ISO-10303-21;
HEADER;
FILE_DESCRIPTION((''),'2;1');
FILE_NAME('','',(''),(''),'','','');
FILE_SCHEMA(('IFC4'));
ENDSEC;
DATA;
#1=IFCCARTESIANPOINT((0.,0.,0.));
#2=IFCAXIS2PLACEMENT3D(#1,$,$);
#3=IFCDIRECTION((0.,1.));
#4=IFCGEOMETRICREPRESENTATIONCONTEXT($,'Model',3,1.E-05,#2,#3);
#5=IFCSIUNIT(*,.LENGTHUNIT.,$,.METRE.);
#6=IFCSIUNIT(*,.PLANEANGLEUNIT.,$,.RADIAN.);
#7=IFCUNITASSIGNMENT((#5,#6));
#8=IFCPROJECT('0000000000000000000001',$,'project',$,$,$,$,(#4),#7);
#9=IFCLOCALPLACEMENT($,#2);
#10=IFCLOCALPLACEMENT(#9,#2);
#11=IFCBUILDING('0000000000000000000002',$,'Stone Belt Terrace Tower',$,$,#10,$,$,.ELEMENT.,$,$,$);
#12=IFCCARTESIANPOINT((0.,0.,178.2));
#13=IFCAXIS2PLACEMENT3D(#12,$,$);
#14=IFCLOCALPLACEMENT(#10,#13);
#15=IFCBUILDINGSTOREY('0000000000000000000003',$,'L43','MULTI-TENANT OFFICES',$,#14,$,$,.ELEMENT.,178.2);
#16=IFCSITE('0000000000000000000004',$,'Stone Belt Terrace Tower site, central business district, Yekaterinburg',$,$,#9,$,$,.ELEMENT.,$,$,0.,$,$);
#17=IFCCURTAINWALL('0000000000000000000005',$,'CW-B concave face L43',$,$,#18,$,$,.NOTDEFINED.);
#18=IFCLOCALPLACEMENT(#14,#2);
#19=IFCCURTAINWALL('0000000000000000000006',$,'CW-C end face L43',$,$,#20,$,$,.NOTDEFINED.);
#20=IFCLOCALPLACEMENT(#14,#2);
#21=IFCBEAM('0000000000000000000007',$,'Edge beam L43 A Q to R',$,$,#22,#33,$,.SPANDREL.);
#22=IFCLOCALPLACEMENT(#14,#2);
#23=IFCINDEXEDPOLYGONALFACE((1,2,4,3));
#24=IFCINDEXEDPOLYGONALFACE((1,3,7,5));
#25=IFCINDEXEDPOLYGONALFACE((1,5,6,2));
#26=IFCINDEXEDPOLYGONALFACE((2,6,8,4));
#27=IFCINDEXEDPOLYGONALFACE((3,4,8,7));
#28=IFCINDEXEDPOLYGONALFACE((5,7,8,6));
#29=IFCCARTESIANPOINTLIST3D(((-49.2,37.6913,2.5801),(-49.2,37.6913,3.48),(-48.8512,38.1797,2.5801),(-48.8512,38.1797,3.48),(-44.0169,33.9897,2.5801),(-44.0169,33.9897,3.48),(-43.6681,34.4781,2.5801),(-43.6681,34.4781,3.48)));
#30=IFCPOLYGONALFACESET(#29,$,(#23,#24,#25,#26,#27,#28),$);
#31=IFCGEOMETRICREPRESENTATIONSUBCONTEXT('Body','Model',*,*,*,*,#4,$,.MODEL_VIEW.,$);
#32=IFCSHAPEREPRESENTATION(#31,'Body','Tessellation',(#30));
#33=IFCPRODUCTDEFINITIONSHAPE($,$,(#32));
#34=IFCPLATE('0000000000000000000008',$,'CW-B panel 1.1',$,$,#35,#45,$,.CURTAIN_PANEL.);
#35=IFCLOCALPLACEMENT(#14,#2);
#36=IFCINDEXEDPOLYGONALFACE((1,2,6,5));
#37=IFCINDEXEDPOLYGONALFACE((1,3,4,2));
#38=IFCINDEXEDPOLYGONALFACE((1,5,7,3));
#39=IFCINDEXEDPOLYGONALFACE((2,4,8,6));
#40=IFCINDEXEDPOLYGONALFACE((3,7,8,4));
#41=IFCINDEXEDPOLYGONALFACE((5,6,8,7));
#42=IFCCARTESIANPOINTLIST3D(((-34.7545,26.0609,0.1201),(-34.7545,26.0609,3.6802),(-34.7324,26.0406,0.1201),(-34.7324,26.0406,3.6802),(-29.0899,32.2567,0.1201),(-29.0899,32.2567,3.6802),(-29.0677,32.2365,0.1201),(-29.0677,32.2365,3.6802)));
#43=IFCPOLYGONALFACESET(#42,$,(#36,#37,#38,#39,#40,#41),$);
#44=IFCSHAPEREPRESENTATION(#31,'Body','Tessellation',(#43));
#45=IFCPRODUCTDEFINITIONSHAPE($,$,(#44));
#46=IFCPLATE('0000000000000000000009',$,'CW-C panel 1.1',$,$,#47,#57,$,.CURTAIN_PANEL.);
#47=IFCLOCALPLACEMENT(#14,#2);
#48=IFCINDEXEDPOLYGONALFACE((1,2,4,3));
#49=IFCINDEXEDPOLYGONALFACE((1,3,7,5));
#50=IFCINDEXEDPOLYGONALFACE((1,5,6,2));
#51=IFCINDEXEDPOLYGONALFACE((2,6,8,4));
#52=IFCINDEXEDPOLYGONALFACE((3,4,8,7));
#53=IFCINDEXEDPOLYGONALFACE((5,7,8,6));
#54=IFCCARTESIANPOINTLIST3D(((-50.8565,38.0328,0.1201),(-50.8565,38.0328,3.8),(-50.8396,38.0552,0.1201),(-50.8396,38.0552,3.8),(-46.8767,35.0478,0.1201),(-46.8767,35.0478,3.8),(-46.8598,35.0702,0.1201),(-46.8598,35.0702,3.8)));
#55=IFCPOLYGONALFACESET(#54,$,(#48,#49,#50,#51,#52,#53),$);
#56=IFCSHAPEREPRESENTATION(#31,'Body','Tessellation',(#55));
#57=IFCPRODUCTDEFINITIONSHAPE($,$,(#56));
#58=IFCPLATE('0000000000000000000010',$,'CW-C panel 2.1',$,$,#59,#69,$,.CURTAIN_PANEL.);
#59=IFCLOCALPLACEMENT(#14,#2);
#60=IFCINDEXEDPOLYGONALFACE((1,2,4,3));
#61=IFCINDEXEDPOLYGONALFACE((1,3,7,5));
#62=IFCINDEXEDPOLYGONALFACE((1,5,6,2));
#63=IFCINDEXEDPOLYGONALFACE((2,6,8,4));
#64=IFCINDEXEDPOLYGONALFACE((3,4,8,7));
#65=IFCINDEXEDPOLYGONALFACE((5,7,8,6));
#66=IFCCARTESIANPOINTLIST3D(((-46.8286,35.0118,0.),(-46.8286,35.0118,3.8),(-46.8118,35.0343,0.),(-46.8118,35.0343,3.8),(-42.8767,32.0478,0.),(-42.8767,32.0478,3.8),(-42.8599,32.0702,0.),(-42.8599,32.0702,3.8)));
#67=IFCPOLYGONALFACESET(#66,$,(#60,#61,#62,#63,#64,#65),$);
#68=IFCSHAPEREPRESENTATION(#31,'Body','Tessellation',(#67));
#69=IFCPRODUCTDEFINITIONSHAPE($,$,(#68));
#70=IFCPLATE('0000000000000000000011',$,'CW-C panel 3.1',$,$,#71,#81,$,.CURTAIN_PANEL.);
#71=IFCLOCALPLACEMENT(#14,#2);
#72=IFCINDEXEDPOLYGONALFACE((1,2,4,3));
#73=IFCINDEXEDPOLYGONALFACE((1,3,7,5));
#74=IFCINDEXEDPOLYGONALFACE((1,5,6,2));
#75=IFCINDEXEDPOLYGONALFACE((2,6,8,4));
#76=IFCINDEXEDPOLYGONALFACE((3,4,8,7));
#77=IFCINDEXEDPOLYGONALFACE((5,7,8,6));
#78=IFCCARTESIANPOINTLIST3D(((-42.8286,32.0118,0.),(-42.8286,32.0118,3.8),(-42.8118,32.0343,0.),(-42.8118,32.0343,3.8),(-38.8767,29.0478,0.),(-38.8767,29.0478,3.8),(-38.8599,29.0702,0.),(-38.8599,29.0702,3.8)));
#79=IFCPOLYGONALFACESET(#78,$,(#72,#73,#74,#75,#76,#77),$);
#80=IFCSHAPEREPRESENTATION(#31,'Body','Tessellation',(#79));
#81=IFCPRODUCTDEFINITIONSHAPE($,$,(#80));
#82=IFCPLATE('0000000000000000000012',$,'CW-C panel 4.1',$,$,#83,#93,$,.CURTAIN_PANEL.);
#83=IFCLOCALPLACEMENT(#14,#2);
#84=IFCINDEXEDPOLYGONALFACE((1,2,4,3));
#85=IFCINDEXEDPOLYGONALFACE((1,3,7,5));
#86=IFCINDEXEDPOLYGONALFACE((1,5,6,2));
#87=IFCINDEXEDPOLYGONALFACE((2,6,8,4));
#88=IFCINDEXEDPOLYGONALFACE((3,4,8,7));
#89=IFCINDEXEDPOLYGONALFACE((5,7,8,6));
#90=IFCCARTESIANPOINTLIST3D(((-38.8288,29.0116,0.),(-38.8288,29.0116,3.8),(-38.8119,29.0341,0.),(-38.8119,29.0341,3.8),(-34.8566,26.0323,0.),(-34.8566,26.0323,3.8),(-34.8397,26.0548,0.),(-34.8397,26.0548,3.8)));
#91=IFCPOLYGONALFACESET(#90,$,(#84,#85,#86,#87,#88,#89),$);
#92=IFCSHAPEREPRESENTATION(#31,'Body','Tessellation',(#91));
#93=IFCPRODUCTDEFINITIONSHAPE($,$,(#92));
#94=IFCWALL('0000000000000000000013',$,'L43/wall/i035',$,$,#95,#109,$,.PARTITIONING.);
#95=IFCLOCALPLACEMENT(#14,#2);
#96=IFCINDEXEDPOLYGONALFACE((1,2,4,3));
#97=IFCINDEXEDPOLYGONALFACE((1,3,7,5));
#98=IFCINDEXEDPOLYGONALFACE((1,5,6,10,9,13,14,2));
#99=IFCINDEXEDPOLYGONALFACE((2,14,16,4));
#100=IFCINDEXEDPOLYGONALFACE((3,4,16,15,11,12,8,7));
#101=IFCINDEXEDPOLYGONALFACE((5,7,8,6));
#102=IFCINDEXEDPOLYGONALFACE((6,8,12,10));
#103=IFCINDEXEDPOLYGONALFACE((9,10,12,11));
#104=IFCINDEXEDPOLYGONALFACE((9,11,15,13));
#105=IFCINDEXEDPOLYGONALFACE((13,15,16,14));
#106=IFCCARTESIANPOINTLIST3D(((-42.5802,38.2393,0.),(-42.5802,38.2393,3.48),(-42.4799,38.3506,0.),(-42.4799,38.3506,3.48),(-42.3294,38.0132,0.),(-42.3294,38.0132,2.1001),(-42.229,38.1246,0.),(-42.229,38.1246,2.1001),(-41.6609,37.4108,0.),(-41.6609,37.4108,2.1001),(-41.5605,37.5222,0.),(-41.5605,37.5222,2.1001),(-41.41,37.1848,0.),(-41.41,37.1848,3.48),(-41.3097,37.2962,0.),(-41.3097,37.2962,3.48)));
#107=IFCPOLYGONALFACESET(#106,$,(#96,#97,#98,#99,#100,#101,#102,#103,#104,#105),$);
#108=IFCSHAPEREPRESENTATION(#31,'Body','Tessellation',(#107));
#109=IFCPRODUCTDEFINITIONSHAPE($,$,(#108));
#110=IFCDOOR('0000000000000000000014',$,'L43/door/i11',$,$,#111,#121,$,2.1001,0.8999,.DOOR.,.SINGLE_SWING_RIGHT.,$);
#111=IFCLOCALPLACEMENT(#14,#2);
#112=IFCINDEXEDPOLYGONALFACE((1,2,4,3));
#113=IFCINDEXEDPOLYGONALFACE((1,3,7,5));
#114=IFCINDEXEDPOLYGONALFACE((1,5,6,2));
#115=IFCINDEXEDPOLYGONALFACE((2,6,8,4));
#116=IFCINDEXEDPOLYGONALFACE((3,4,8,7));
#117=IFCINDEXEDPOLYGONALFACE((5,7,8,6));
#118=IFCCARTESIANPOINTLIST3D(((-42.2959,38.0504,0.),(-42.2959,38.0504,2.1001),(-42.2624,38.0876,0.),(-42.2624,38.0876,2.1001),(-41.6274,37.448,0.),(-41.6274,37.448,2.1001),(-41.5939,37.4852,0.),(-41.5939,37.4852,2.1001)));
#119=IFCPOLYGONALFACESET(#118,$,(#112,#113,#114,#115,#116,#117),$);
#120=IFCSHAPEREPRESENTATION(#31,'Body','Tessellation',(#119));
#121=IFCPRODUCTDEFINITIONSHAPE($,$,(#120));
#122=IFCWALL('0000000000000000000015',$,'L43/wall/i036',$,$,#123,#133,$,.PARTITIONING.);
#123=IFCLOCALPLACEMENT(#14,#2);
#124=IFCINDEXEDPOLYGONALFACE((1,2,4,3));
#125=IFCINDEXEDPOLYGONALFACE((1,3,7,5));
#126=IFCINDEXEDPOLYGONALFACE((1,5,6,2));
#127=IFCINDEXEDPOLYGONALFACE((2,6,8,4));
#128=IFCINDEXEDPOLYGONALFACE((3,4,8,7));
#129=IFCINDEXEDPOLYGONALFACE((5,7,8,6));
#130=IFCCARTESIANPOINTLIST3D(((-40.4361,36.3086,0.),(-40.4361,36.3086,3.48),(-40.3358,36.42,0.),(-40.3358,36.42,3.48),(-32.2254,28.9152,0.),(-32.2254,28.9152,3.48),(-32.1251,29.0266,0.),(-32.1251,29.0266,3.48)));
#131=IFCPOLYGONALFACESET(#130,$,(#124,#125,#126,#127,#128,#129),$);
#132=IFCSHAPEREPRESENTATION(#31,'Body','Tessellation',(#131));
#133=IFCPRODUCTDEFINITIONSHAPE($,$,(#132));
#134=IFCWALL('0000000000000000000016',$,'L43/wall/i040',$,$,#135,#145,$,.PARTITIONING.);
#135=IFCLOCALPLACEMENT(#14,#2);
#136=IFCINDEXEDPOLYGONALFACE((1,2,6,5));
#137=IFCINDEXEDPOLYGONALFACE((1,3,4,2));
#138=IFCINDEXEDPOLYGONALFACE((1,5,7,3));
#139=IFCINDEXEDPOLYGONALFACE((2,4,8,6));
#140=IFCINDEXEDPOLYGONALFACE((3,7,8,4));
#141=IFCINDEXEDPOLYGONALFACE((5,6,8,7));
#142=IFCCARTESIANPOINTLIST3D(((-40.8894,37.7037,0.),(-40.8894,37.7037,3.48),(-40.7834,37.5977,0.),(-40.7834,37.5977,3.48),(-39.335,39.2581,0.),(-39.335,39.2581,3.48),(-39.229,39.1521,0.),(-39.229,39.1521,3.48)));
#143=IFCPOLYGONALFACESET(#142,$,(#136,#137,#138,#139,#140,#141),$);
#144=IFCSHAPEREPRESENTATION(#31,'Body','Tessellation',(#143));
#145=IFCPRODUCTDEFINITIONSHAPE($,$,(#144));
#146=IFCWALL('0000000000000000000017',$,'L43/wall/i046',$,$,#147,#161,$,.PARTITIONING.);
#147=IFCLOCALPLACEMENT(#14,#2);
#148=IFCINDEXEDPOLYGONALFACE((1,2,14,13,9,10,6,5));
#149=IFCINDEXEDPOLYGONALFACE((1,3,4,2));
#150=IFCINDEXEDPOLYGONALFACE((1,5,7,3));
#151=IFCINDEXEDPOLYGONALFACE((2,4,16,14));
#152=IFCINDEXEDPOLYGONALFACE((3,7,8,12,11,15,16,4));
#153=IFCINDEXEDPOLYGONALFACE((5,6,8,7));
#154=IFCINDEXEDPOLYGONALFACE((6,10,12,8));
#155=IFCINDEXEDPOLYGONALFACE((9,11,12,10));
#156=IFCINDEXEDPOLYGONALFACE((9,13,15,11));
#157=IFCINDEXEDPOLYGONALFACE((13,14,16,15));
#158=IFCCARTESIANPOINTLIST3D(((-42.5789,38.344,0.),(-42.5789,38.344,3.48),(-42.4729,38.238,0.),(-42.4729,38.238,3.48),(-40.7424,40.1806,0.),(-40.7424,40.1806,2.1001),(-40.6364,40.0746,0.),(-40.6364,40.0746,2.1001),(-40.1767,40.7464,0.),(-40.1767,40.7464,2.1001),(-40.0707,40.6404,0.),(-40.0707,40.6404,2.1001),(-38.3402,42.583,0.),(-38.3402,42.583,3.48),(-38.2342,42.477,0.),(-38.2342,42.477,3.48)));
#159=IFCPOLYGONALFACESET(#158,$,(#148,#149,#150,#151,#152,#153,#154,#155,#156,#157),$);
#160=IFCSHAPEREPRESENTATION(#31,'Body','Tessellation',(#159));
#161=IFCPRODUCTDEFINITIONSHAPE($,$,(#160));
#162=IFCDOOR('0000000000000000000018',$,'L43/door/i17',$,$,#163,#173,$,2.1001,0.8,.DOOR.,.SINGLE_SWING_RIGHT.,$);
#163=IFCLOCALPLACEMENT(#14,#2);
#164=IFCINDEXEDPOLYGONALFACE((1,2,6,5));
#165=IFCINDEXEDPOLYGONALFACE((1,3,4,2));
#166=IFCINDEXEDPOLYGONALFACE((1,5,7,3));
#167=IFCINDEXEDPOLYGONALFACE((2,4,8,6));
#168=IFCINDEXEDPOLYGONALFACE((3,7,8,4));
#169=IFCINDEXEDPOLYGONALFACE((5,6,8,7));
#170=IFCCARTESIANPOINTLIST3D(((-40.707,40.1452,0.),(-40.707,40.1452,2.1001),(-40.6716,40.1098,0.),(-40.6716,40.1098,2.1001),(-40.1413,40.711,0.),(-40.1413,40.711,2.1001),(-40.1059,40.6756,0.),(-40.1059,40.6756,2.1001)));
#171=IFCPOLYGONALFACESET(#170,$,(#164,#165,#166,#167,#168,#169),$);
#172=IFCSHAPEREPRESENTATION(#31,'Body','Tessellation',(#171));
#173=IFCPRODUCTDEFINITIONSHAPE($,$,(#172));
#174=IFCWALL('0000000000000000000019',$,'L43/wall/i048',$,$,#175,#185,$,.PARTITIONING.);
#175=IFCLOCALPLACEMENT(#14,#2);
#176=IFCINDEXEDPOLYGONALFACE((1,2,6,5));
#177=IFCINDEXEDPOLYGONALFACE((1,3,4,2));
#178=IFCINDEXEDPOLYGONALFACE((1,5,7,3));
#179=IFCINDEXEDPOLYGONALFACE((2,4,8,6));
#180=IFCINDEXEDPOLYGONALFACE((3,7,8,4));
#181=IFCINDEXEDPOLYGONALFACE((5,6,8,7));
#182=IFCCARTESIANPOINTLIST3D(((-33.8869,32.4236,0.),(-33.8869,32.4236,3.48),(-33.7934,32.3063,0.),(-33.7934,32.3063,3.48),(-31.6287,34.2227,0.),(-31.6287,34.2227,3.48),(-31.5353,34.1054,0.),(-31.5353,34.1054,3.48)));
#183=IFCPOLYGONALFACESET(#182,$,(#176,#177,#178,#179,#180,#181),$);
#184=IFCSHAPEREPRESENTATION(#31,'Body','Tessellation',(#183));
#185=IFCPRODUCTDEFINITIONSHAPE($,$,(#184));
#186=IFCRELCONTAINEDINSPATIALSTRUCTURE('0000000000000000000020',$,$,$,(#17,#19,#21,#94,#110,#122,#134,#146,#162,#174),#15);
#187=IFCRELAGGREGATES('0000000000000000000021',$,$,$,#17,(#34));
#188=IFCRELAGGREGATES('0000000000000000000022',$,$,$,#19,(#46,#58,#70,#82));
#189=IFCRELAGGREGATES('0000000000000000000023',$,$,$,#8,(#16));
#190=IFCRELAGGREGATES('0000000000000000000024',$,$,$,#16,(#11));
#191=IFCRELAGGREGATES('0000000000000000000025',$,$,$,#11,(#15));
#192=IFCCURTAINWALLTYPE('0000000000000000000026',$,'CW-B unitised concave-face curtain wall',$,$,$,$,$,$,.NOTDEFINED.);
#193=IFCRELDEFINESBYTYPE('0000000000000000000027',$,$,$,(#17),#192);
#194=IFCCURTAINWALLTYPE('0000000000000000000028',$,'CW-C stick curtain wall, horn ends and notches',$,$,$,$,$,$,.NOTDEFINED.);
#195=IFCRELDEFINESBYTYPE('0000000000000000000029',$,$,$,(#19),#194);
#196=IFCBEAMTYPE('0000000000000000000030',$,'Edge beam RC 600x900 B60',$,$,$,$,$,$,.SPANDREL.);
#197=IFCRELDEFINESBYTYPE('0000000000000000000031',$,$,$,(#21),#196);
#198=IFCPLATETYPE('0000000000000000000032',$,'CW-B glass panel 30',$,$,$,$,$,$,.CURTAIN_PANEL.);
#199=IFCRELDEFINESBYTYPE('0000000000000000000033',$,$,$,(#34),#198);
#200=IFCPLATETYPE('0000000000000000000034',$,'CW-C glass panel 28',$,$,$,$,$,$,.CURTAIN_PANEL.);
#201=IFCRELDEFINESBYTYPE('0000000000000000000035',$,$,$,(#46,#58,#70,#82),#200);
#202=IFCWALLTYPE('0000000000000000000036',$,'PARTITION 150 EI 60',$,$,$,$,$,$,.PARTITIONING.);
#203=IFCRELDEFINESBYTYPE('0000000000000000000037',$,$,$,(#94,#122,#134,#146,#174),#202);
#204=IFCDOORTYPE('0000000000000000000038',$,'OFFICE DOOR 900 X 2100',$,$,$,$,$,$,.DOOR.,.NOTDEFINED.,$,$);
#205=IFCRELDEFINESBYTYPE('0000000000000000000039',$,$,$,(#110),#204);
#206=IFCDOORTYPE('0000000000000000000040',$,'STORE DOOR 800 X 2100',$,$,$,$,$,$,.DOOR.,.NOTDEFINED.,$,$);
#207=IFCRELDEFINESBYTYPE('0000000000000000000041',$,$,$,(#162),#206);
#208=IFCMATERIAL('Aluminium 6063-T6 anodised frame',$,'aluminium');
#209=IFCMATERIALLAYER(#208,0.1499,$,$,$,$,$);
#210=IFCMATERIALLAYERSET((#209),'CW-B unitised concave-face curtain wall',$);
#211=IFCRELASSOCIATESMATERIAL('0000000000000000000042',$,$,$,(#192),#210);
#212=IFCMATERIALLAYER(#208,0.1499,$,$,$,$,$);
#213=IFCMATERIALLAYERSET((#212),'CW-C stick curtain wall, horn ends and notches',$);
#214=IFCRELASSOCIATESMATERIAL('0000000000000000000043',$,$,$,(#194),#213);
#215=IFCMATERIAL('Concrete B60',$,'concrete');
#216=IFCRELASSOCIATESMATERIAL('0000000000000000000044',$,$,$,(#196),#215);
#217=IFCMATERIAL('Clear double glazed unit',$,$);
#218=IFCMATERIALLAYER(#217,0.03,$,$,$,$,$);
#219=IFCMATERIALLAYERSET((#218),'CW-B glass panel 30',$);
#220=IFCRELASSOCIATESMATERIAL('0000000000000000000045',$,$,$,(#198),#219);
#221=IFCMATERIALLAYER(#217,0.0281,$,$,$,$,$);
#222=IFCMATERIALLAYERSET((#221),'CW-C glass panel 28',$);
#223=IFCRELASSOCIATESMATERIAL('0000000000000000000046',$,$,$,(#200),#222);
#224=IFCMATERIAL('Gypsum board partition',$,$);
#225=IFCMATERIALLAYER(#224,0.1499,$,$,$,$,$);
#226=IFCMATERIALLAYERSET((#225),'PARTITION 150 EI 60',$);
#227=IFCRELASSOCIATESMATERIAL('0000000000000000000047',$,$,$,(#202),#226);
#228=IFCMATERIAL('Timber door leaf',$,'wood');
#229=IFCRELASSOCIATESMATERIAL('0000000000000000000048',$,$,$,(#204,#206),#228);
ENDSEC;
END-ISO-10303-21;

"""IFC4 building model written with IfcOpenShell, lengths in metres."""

from ifc_helpers import new_model, si_unit, direction, frame, frame_2d, origin, origin_2d, place, context, subcontext, project, spatial, rectangle, extrude, material, layer, layer_set, material_profile, profile_set, type_object, element, fill, aggregate, save


model = new_model("IFC4")

# Units and contexts
model_context = context("Model", 3, precision=1e-05, world=origin(), true_north=direction((0.0, 1.0)))
body_context = subcontext(model_context, "Body", "Model", "MODEL_VIEW")
ifc_project = project(units=[si_unit("LENGTHUNIT", "METRE"), si_unit("PLANEANGLEUNIT", "RADIAN")], contexts=[model_context])

# Site, building, storey
site_placement = place(None, origin())
site = spatial("IfcSite", under=ifc_project, at=site_placement, Name="Stone Belt Terrace Tower site, central business district, Yekaterinburg", CompositionType="ELEMENT", RefElevation=0.0)
building_placement = place(site_placement, origin())
building = spatial("IfcBuilding", under=site, at=building_placement, Name="Stone Belt Terrace Tower", CompositionType="ELEMENT")
storey_placement = place(building_placement, frame((0.0, 0.0, 178.2)))
storey = spatial("IfcBuildingStorey", under=building, at=storey_placement, Name="L43", Description="MULTI-TENANT OFFICES", CompositionType="ELEMENT", Elevation=178.2)

# Curtain walls
ifc_material_1 = material(Name="Aluminium 6063-T6 anodised frame", Category="aluminium")
ifc_layer_1 = layer(ifc_material_1, 0.1499)
ifc_layer_set_1 = layer_set([ifc_layer_1], Name="CW-B unitised concave-face curtain wall")
curtain_wall_type_1 = type_object("IfcCurtainWallType", Name="CW-B unitised concave-face curtain wall", PredefinedType="NOTDEFINED", material=ifc_layer_set_1)
curtain_wall_1_placement = place(storey_placement, origin())
curtain_wall_1 = element("IfcCurtainWall", 1, at=curtain_wall_1_placement, inside=storey, type_object=curtain_wall_type_1, Name="CW-B concave face L43", PredefinedType="NOTDEFINED")
ifc_layer_2 = layer(ifc_material_1, 0.1499)
ifc_layer_set_2 = layer_set([ifc_layer_2], Name="CW-C stick curtain wall, horn ends and notches")
curtain_wall_type_2 = type_object("IfcCurtainWallType", Name="CW-C stick curtain wall, horn ends and notches", PredefinedType="NOTDEFINED", material=ifc_layer_set_2)
curtain_wall_2_placement = place(storey_placement, origin())
curtain_wall_2 = element("IfcCurtainWall", 2, at=curtain_wall_2_placement, inside=storey, type_object=curtain_wall_type_2, Name="CW-C end face L43", PredefinedType="NOTDEFINED")

# Beam
ifc_material_2 = material(Name="Concrete B60", Category="concrete")
ifc_material_profile_1 = material_profile(ifc_material_2, rectangle(XDim=0.6001, YDim=0.8999, at=origin_2d()), Name="RC 600x900")
ifc_profile_set_1 = profile_set([ifc_material_profile_1], Name="Concrete B60")
beam_type = type_object("IfcBeamType", Name="Edge beam RC 600x900 B60", PredefinedType="SPANDREL", material=ifc_profile_set_1)
beam_1_placement = place(storey_placement, frame((-43.8425, 34.2339, 3.03), z_axis=(-0.813775, 0.58118, 0.0), x_axis=(-0.58118, -0.813775, 0.0)))
element("IfcBeam", 3, at=beam_1_placement, inside=storey, type_object=beam_type, Name="Edge beam L43 A Q to R", PredefinedType="SPANDREL", context=body_context, shape_type="SweptSolid", body=[
    extrude(rectangle(XDim=0.6001, YDim=0.8999, at=origin_2d()), origin(), (0.0, 0.0, 1.0), 6.3691),
])

# Plates
ifc_material_3 = material(Name="Clear double glazed unit")
ifc_layer_3 = layer(ifc_material_3, 0.03)
ifc_layer_set_3 = layer_set([ifc_layer_3], Name="CW-B glass panel 30")
plate_type_1 = type_object("IfcPlateType", Name="CW-B glass panel 30", PredefinedType="CURTAIN_PANEL", material=ifc_layer_set_3)
plate_1_placement = place(storey_placement, frame((-31.9111, 29.1487, 0.1201), z_axis=(0.0, 0.0, 1.0), x_axis=(0.674761, 0.738036, 0.0)))
plate_1 = element("IfcPlate", 4, at=plate_1_placement, type_object=plate_type_1, Name="CW-B panel 1.1", PredefinedType="CURTAIN_PANEL", context=body_context, shape_type="SweptSolid", body=[
    extrude(rectangle(XDim=8.395, YDim=0.03, at=origin_2d()), origin(), (0.0, 0.0, 1.0), 3.5601),
])
aggregate(curtain_wall_1, [plate_1])
ifc_layer_4 = layer(ifc_material_3, 0.0281)
ifc_layer_set_4 = layer_set([ifc_layer_4], Name="CW-C glass panel 28")
plate_type_2 = type_object("IfcPlateType", Name="CW-C glass panel 28", PredefinedType="CURTAIN_PANEL", material=ifc_layer_set_4)
plate_2_placement = place(storey_placement, frame((-48.8582, 36.5515, 0.1201), z_axis=(0.0, 0.0, 1.0), x_axis=(0.799987, -0.600018, 0.0)))
plate_2 = element("IfcPlate", 5, at=plate_2_placement, type_object=plate_type_2, Name="CW-C panel 1.1", PredefinedType="CURTAIN_PANEL", context=body_context, shape_type="SweptSolid", body=[
    extrude(rectangle(XDim=4.9749, YDim=0.0281, at=origin_2d()), origin(), (0.0, 0.0, 1.0), 3.6799),
])
plate_3_placement = place(storey_placement, frame((-44.8442, 33.541, 0.0), z_axis=(0.0, 0.0, 1.0), x_axis=(0.799987, -0.600018, 0.0)))
plate_3 = element("IfcPlate", 6, at=plate_3_placement, type_object=plate_type_2, Name="CW-C panel 2.1", PredefinedType="CURTAIN_PANEL", context=body_context, shape_type="SweptSolid", body=[
    extrude(rectangle(XDim=4.9399, YDim=0.0281, at=origin_2d()), origin(), (0.0, 0.0, 1.0), 3.8),
])
plate_4_placement = place(storey_placement, frame((-40.8442, 30.541, 0.0), z_axis=(0.0, 0.0, 1.0), x_axis=(0.799987, -0.600018, 0.0)))
plate_4 = element("IfcPlate", 7, at=plate_4_placement, type_object=plate_type_2, Name="CW-C panel 3.1", PredefinedType="CURTAIN_PANEL", context=body_context, shape_type="SweptSolid", body=[
    extrude(rectangle(XDim=4.9399, YDim=0.0281, at=origin_2d()), origin(), (0.0, 0.0, 1.0), 3.8),
])
plate_5_placement = place(storey_placement, frame((-36.8342, 27.5332, 0.0), z_axis=(0.0, 0.0, 1.0), x_axis=(0.799987, -0.600018, 0.0)))
plate_5 = element("IfcPlate", 8, at=plate_5_placement, type_object=plate_type_2, Name="CW-C panel 4.1", PredefinedType="CURTAIN_PANEL", context=body_context, shape_type="SweptSolid", body=[
    extrude(rectangle(XDim=4.9653, YDim=0.0281, at=origin_2d()), origin(), (0.0, 0.0, 1.0), 3.8),
])
aggregate(curtain_wall_2, [plate_2, plate_3, plate_4, plate_5])

# Wall, opening, door
ifc_material_4 = material(Name="Gypsum board partition")
ifc_layer_5 = layer(ifc_material_4, 0.1499)
ifc_layer_set_5 = layer_set([ifc_layer_5], Name="PARTITION 150 EI 60")
wall_type_1 = type_object("IfcWallType", Name="PARTITION 150 EI 60", PredefinedType="PARTITIONING", material=ifc_layer_set_5)
wall_1_placement = place(storey_placement, frame((-41.3599, 37.2405, 0.0), z_axis=(0.0, 0.0, 1.0), x_axis=(-0.742886, 0.669418, 0.0)))
wall_1 = element("IfcWall", 9, at=wall_1_placement, inside=storey, type_object=wall_type_1, Name="L43/wall/i035", PredefinedType="PARTITIONING", context=body_context, shape_type="SweptSolid", body=[
    extrude(rectangle(XDim=1.5752, YDim=0.1499, at=frame_2d((0.7876, 0.0))), origin(), (0.0, 0.0, 1.0), 3.48),
])
opening_1_placement = place(wall_1_placement, frame((0.3376, 0.0, 0.0)))
opening_1 = element("IfcOpeningElement", 10, at=opening_1_placement, cuts=wall_1, PredefinedType="OPENING", context=body_context, shape_type="SweptSolid", body=[
    extrude(rectangle(XDim=0.8999, YDim=2.1001, at=frame_2d((0.45, 1.05))), frame((0.0, 0.085, 0.0), z_axis=(0.0, -1.0, 0.0), x_axis=(1.0, 0.0, 0.0)), (0.0, 0.0, 1.0), 0.1699),
])
ifc_material_5 = material(Name="Timber door leaf", Category="wood")
door_type_1 = type_object("IfcDoorType", Name="OFFICE DOOR 900 X 2100", OperationType="NOTDEFINED", PredefinedType="DOOR", material=ifc_material_5)
door_1_placement = place(opening_1_placement, origin())
door_1 = element("IfcDoor", 11, at=door_1_placement, inside=storey, type_object=door_type_1, Name="L43/door/i11", OperationType="SINGLE_SWING_RIGHT", OverallHeight=2.1001, OverallWidth=0.8999, PredefinedType="DOOR", context=body_context, shape_type="SweptSolid", body=[
    extrude(rectangle(XDim=0.8999, YDim=2.1001, at=frame_2d((0.45, 1.05))), frame((0.0, 0.0249, 0.0), z_axis=(0.0, -1.0, 0.0), x_axis=(1.0, 0.0, 0.0)), (0.0, 0.0, 1.0), 0.05),
])
fill(opening_1, door_1)

# Walls
wall_2_placement = place(storey_placement, frame((-40.386, 36.3643, 0.0), z_axis=(0.0, 0.0, 1.0), x_axis=(0.743128, -0.669149, 0.0)))
element("IfcWall", 12, at=wall_2_placement, inside=storey, type_object=wall_type_1, Name="L43/wall/i036", PredefinedType="PARTITIONING", context=body_context, shape_type="SweptSolid", body=[
    extrude(rectangle(XDim=11.0488, YDim=0.1499, at=frame_2d((5.5244, 0.0))), origin(), (0.0, 0.0, 1.0), 3.48),
])
wall_3_placement = place(storey_placement, frame((-39.282, 39.2051, 0.0), z_axis=(0.0, 0.0, 1.0), x_axis=(-0.707107, -0.707107, 0.0)))
element("IfcWall", 13, at=wall_3_placement, inside=storey, type_object=wall_type_1, Name="L43/wall/i040", PredefinedType="PARTITIONING", context=body_context, shape_type="SweptSolid", body=[
    extrude(rectangle(XDim=2.1982, YDim=0.1499, at=frame_2d((1.0991, 0.0))), origin(), (0.0, 0.0, 1.0), 3.48),
])

# Wall, opening, door
wall_4_placement = place(storey_placement, frame((-42.5259, 38.291, 0.0), z_axis=(0.0, 0.0, 1.0), x_axis=(0.707086, 0.707127, 0.0)))
wall_4 = element("IfcWall", 14, at=wall_4_placement, inside=storey, type_object=wall_type_1, Name="L43/wall/i046", PredefinedType="PARTITIONING", context=body_context, shape_type="SweptSolid", body=[
    extrude(rectangle(XDim=5.9946, YDim=0.1499, at=frame_2d((2.9973, 0.0))), origin(), (0.0, 0.0, 1.0), 3.48),
])
opening_2_placement = place(wall_4_placement, frame((2.5974, 0.0, 0.0)))
opening_2 = element("IfcOpeningElement", 15, at=opening_2_placement, cuts=wall_4, PredefinedType="OPENING", context=body_context, shape_type="SweptSolid", body=[
    extrude(rectangle(XDim=0.8, YDim=2.1001, at=frame_2d((0.3999, 1.05))), frame((0.0, 0.085, 0.0), z_axis=(0.0, -1.0, 0.0), x_axis=(1.0, 0.0, 0.0)), (0.0, 0.0, 1.0), 0.1699),
])
door_type_2 = type_object("IfcDoorType", Name="STORE DOOR 800 X 2100", OperationType="NOTDEFINED", PredefinedType="DOOR", material=ifc_material_5)
door_2_placement = place(opening_2_placement, origin())
door_2 = element("IfcDoor", 16, at=door_2_placement, inside=storey, type_object=door_type_2, Name="L43/door/i17", OperationType="SINGLE_SWING_RIGHT", OverallHeight=2.1001, OverallWidth=0.8, PredefinedType="DOOR", context=body_context, shape_type="SweptSolid", body=[
    extrude(rectangle(XDim=0.8, YDim=2.1001, at=frame_2d((0.3999, 1.05))), frame((0.0, 0.0249, 0.0), z_axis=(0.0, -1.0, 0.0), x_axis=(1.0, 0.0, 0.0)), (0.0, 0.0, 1.0), 0.05),
])
fill(opening_2, door_2)

# Wall
wall_5_placement = place(storey_placement, frame((-31.582, 34.1641, 0.0), z_axis=(0.0, 0.0, 1.0), x_axis=(-0.782113, -0.623137, 0.0)))
element("IfcWall", 17, at=wall_5_placement, inside=storey, type_object=wall_type_1, Name="L43/wall/i048", PredefinedType="PARTITIONING", context=body_context, shape_type="SweptSolid", body=[
    extrude(rectangle(XDim=2.8872, YDim=0.1499, at=frame_2d((1.4436, 0.0))), origin(), (0.0, 0.0, 1.0), 3.48),
])

save(model, "model.ifc")
